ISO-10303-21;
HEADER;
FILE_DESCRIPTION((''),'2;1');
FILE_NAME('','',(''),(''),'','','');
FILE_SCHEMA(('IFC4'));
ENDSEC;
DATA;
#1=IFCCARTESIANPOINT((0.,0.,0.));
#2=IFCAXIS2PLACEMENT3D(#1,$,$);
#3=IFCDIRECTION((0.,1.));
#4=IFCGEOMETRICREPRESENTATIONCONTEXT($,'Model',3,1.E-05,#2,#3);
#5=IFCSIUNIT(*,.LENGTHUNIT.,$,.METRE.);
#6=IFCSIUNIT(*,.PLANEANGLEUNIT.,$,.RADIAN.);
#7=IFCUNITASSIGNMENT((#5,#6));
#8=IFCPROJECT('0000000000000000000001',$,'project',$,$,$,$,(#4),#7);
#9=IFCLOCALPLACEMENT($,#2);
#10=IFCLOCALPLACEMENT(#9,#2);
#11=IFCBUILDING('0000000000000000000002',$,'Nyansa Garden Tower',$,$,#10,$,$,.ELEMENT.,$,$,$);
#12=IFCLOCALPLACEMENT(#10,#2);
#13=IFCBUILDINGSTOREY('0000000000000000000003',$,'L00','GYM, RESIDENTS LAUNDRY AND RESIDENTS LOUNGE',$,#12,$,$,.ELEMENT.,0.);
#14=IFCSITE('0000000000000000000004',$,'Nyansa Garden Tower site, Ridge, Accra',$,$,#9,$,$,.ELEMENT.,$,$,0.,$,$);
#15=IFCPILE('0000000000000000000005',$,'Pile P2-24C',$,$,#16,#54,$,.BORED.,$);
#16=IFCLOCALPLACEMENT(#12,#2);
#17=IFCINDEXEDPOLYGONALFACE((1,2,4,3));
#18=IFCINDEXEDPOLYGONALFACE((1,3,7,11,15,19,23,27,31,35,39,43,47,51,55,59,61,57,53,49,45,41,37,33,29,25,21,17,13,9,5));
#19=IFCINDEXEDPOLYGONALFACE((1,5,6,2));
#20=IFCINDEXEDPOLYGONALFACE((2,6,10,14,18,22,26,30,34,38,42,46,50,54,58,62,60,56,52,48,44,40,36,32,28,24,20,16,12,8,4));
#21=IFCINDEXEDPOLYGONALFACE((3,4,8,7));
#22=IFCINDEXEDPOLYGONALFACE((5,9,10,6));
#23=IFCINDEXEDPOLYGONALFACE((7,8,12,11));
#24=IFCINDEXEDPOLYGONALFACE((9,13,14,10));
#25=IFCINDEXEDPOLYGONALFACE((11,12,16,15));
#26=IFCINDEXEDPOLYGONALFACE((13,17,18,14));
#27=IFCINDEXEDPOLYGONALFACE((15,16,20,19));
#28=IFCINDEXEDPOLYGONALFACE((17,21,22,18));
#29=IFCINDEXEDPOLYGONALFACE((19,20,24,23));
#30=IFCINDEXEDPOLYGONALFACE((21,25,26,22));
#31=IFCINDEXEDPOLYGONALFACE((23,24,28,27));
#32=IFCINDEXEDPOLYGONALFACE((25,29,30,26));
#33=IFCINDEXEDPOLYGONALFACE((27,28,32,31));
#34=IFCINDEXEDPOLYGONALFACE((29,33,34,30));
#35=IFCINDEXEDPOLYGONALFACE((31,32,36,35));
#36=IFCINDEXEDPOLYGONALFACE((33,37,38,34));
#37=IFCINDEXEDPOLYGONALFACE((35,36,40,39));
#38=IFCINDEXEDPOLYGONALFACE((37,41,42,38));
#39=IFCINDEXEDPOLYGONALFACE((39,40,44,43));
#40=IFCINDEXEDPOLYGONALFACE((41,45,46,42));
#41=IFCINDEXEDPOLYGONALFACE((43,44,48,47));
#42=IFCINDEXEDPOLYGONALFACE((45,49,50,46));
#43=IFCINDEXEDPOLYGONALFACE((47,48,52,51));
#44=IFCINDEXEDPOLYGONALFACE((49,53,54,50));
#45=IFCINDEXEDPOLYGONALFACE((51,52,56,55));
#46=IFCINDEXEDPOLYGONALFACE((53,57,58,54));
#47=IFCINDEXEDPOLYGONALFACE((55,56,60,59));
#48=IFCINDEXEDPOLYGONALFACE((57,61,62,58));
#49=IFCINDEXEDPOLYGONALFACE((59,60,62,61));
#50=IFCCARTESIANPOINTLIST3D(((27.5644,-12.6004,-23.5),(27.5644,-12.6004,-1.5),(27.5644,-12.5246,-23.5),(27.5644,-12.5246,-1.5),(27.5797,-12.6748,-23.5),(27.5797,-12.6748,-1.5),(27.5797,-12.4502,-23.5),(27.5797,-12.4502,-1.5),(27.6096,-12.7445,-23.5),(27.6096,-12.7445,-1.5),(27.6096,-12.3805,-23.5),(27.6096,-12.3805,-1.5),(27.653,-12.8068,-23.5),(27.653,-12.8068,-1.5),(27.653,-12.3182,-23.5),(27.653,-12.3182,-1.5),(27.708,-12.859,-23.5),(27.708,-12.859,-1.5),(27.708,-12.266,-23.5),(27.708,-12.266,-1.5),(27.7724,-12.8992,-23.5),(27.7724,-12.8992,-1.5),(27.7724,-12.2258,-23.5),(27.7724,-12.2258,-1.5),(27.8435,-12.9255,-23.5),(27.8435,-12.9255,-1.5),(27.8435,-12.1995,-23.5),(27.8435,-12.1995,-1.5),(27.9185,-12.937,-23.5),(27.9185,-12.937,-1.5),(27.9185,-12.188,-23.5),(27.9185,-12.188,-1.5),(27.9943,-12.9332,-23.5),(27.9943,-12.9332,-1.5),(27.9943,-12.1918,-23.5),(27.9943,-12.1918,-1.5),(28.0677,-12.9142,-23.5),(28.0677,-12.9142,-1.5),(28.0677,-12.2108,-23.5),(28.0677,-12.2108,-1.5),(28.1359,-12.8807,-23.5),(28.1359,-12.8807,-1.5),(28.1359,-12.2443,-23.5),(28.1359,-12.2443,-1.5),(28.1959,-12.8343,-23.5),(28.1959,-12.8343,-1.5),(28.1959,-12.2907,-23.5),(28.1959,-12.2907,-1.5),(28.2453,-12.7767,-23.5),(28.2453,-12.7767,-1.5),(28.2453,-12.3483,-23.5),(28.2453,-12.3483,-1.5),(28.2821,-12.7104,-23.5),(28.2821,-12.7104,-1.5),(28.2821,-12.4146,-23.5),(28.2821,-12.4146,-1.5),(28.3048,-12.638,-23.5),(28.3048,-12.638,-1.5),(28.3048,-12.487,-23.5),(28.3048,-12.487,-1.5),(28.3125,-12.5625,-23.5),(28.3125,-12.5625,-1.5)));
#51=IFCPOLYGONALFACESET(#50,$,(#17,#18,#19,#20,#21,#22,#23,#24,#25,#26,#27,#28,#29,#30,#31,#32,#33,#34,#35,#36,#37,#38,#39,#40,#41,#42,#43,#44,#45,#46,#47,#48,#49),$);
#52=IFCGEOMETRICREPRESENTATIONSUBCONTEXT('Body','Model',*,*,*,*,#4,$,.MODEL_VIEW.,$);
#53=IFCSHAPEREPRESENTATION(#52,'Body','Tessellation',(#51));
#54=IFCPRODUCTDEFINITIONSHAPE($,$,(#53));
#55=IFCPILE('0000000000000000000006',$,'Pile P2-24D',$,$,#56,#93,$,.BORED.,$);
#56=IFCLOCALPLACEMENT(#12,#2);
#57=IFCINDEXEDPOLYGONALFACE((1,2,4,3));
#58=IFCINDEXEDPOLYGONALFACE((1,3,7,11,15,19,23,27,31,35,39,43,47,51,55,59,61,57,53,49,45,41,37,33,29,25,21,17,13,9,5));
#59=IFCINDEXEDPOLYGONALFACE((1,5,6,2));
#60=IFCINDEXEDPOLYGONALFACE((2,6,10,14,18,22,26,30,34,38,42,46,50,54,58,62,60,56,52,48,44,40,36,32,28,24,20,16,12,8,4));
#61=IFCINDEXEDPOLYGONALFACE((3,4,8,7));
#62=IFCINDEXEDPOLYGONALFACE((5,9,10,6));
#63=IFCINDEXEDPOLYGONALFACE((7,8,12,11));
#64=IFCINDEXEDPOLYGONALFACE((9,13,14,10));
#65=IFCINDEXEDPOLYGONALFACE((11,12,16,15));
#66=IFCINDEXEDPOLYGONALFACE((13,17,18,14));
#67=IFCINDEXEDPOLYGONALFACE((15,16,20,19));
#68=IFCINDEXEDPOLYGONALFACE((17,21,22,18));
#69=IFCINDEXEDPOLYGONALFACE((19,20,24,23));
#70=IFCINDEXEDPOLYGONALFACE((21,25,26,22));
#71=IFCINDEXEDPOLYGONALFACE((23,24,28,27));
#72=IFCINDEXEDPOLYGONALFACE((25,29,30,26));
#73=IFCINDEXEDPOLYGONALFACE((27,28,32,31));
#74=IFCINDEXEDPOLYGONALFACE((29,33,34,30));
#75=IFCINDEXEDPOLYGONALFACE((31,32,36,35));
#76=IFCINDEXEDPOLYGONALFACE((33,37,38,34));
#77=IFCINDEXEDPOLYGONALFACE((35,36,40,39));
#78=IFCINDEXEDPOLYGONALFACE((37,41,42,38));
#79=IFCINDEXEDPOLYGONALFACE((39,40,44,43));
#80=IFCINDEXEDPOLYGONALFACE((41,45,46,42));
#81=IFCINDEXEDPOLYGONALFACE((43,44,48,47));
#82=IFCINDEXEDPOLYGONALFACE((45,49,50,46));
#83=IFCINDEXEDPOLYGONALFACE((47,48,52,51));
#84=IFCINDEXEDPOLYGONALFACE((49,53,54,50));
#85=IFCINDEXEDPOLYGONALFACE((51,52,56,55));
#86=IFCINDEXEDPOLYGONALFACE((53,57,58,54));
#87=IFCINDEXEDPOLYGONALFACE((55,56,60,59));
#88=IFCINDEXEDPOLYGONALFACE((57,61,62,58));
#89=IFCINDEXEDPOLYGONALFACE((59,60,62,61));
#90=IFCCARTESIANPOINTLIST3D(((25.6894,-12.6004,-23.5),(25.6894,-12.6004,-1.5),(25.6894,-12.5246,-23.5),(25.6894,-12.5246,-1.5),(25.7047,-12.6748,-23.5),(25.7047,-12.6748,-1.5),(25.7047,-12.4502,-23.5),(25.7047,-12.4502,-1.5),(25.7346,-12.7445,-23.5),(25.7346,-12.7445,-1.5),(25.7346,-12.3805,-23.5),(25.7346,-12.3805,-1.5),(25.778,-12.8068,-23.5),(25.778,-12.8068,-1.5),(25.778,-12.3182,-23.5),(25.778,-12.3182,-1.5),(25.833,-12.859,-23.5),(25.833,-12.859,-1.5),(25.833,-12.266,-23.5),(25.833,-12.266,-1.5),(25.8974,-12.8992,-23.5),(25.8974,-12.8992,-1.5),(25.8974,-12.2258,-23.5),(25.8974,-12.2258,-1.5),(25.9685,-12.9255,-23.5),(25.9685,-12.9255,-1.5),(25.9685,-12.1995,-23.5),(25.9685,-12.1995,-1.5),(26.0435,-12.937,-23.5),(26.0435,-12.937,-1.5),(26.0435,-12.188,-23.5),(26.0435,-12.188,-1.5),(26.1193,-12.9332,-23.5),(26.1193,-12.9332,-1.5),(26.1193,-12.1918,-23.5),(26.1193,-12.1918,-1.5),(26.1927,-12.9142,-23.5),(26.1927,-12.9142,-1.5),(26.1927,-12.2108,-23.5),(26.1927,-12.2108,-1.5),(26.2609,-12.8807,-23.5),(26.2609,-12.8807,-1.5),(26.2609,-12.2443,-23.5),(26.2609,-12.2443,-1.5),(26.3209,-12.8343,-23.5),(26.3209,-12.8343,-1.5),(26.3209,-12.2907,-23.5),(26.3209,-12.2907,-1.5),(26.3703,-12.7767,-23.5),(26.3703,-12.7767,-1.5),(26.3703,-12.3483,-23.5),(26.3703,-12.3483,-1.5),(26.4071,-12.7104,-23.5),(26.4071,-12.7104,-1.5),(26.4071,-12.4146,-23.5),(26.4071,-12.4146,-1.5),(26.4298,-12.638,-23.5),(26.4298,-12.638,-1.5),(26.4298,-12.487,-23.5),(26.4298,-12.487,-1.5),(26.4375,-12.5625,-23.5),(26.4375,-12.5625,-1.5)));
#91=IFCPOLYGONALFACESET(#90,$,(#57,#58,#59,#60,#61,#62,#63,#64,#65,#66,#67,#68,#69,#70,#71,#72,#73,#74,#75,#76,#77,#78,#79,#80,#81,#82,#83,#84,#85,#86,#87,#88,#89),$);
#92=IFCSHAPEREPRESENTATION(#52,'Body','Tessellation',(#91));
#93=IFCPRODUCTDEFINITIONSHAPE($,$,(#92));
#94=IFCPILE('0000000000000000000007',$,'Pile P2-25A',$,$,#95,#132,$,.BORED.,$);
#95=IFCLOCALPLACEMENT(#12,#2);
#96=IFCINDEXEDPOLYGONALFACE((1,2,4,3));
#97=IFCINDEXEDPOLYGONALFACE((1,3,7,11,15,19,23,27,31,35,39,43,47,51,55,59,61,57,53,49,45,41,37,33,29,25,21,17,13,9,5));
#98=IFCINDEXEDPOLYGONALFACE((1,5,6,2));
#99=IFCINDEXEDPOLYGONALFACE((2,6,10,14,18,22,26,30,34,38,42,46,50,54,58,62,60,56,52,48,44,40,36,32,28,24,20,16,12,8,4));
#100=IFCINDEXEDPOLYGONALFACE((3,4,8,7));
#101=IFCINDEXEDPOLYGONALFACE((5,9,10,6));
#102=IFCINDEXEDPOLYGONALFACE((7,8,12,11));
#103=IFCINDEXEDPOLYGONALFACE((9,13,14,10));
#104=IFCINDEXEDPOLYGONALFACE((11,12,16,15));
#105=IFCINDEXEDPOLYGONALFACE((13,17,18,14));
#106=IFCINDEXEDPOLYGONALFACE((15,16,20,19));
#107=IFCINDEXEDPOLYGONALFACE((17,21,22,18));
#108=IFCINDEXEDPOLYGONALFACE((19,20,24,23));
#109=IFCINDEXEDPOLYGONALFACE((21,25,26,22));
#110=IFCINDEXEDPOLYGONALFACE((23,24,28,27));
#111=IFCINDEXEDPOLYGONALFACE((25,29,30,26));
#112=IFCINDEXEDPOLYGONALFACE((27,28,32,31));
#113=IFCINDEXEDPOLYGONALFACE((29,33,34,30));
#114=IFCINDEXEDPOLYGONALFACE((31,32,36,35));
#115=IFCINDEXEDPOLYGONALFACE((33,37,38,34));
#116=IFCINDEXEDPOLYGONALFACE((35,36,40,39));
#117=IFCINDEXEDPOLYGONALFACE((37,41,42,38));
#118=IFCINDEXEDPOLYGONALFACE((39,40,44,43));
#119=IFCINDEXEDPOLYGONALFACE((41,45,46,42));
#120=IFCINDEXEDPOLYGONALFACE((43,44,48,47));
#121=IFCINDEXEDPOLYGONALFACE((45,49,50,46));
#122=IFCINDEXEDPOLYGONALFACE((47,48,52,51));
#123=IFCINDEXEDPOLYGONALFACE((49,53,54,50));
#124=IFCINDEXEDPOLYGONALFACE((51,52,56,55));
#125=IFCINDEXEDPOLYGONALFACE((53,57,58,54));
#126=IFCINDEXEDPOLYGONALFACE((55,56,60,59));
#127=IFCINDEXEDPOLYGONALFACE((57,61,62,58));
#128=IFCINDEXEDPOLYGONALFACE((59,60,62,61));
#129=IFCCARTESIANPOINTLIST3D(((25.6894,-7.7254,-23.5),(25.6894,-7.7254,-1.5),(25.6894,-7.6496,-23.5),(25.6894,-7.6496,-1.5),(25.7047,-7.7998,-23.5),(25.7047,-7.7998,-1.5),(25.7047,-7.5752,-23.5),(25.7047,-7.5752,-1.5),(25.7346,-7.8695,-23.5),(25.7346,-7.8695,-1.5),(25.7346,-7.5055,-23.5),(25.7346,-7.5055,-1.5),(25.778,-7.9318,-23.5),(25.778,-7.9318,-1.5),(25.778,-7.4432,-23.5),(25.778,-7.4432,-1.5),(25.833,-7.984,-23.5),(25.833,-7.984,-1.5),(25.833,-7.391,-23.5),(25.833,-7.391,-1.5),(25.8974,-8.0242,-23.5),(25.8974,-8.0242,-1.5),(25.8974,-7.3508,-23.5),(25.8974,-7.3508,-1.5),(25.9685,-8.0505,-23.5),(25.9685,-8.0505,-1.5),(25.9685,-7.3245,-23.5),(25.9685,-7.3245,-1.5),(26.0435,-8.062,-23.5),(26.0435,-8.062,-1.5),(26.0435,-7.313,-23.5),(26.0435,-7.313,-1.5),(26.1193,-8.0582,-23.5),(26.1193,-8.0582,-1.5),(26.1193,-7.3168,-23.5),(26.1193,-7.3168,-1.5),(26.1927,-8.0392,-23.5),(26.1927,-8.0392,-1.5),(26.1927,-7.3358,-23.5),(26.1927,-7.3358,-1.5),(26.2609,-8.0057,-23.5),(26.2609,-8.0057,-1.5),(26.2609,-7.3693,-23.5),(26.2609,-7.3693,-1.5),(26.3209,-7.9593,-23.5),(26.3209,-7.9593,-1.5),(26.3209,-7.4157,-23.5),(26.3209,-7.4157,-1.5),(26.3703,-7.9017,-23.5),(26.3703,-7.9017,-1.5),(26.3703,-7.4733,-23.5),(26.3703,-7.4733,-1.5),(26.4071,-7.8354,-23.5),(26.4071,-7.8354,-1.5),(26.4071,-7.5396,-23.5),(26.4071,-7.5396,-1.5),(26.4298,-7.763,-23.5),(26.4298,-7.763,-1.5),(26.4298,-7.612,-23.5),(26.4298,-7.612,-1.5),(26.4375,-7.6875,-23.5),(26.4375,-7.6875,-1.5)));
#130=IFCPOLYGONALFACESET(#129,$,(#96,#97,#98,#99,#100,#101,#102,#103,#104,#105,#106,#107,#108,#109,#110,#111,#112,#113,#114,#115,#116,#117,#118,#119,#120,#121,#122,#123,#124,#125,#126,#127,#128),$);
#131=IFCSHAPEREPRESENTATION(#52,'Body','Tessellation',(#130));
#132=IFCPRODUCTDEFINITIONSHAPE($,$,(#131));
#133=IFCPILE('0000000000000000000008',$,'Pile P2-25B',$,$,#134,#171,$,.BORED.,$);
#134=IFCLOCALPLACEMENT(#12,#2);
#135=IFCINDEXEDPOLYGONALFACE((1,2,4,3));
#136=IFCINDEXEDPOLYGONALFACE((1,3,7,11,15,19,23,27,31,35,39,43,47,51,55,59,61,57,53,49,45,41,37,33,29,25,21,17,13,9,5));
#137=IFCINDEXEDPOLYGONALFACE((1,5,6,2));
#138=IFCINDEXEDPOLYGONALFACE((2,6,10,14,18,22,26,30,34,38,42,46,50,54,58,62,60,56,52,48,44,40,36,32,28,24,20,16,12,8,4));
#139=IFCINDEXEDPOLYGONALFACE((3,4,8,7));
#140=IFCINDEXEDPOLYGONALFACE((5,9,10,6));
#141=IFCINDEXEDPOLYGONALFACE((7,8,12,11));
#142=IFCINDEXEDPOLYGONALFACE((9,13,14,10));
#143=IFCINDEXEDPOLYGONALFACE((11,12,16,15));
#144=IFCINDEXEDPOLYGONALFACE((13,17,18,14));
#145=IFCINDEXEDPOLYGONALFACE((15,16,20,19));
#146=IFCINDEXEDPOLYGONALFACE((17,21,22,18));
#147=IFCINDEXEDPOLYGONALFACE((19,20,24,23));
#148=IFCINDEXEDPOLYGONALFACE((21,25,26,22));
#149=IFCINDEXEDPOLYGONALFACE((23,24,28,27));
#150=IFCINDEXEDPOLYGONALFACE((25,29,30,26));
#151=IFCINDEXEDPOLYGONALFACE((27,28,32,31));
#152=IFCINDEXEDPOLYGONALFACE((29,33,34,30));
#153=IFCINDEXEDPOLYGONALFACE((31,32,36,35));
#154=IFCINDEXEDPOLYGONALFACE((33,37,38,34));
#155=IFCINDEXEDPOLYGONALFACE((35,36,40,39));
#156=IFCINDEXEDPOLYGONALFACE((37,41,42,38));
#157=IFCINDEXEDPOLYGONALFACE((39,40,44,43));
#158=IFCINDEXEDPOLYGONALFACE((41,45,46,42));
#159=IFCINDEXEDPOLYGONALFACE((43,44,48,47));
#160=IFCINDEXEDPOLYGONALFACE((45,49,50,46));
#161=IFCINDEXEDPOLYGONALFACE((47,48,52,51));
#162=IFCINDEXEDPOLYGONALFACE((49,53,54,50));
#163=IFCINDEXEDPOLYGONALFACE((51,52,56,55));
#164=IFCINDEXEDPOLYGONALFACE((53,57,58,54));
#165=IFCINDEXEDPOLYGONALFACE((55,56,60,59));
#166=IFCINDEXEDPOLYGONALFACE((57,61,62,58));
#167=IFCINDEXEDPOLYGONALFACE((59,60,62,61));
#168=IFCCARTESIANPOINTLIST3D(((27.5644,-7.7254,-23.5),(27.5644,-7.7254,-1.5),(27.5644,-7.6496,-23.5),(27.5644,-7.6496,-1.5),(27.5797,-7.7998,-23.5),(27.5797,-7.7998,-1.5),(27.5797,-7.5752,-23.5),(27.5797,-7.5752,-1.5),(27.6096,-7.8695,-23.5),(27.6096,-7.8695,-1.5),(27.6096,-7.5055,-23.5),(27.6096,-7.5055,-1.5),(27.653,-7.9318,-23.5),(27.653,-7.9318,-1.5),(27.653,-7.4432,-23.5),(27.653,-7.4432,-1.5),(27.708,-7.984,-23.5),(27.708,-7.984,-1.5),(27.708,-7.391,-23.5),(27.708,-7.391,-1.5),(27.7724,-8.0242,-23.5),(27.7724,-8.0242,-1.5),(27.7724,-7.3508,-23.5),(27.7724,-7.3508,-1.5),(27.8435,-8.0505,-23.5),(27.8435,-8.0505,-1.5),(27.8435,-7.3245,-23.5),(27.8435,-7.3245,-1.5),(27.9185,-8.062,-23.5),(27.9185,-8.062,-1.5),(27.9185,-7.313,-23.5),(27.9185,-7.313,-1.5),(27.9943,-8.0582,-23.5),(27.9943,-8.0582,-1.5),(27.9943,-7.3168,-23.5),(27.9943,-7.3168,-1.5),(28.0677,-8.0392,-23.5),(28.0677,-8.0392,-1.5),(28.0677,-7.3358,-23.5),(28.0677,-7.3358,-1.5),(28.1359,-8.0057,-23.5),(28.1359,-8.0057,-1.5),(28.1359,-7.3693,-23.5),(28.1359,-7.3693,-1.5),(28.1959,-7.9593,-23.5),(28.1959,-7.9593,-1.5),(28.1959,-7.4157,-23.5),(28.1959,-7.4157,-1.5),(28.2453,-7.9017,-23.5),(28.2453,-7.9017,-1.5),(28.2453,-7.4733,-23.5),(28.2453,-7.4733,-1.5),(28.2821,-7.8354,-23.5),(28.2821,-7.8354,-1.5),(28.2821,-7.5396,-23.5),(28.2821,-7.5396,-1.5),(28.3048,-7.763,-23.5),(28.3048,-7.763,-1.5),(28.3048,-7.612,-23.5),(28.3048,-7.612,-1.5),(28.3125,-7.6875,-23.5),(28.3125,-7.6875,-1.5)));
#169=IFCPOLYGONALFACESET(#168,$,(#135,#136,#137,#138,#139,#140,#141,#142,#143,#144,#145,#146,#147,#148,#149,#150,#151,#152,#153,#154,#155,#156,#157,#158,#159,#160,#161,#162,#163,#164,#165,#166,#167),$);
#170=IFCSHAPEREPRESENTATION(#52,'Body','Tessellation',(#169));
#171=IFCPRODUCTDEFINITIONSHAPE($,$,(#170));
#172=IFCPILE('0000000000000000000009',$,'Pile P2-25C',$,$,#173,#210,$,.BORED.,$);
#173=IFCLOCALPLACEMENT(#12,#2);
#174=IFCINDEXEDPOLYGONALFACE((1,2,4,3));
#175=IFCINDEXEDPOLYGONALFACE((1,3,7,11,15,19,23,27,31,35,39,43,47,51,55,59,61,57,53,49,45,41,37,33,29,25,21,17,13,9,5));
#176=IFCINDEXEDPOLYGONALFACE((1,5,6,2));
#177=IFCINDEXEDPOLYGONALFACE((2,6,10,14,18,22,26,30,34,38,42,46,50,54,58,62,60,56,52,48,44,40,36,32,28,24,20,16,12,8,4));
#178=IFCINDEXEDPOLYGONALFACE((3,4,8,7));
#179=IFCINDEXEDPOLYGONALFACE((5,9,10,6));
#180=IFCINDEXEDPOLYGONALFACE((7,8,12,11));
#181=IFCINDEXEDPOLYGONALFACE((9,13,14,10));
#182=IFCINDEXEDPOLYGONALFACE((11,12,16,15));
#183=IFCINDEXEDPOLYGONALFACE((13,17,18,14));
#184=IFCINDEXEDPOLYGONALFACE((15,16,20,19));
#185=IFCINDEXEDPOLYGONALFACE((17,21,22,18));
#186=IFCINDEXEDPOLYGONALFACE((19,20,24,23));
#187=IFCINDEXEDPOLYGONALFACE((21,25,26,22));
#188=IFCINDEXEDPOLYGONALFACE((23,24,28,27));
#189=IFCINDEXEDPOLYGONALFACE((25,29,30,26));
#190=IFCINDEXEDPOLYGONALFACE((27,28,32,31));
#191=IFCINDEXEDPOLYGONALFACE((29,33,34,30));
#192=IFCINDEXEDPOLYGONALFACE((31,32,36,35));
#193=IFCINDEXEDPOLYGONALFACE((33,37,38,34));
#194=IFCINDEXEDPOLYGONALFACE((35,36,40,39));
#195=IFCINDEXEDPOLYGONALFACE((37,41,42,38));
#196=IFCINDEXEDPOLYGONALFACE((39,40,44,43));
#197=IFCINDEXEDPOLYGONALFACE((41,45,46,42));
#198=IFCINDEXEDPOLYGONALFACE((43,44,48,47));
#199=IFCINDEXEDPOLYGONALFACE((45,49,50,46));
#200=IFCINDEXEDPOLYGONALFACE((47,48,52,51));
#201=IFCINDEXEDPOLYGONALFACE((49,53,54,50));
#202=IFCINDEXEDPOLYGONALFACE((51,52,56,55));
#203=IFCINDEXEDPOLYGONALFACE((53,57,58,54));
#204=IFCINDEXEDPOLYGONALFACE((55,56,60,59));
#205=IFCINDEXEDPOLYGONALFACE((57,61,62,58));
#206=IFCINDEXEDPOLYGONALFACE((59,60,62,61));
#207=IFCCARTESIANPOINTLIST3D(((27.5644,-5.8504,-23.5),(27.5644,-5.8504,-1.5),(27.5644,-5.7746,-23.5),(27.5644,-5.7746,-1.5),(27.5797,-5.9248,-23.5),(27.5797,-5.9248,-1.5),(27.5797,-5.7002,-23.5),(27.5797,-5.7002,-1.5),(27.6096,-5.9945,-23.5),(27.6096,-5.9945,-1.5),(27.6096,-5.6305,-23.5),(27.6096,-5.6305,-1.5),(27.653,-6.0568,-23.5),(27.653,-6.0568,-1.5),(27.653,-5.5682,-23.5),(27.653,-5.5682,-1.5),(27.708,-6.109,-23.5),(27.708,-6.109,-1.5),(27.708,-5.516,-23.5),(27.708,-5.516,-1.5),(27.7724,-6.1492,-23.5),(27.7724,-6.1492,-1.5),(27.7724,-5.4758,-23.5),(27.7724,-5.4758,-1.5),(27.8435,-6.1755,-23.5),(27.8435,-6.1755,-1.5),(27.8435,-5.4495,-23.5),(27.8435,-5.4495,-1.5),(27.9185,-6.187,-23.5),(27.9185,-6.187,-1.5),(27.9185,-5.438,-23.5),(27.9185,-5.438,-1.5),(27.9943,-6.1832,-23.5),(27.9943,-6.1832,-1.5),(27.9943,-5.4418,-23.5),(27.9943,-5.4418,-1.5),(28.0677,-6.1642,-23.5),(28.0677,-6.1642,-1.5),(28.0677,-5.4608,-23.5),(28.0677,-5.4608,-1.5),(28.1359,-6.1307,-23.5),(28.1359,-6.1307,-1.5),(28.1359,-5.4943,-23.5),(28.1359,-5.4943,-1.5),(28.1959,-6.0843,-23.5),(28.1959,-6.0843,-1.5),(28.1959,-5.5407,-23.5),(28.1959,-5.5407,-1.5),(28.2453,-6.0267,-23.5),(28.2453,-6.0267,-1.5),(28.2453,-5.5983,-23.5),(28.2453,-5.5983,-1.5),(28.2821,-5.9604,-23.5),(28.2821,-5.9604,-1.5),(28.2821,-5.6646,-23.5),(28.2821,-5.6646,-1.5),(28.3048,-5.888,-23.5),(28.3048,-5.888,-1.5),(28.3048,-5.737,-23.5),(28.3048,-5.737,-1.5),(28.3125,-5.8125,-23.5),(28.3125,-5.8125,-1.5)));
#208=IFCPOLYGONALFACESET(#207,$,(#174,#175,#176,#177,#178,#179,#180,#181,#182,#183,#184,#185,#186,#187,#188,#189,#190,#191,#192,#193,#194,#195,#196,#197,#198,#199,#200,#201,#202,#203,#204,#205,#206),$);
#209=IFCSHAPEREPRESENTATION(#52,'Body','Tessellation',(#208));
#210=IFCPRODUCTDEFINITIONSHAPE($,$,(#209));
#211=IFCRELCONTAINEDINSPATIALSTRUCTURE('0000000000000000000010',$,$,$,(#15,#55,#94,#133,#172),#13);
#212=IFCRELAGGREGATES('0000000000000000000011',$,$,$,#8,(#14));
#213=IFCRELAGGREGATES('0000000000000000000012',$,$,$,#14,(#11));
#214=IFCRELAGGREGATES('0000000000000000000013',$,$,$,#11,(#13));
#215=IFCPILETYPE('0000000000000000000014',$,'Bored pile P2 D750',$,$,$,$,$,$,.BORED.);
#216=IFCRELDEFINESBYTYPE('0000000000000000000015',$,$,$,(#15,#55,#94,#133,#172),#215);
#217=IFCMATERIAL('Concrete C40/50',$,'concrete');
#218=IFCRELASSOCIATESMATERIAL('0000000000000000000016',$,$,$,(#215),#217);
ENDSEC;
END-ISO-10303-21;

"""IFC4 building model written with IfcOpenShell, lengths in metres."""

from ifc_helpers import new_model, si_unit, direction, frame, origin, origin_2d, place, context, subcontext, project, spatial, circle, extrude, material, type_object, element, save


model = new_model("IFC4")

# Units and contexts
model_context = context("Model", 3, precision=1e-05, world=origin(), true_north=direction((0.0, 1.0)))
body_context = subcontext(model_context, "Body", "Model", "MODEL_VIEW")
ifc_project = project(units=[si_unit("LENGTHUNIT", "METRE"), si_unit("PLANEANGLEUNIT", "RADIAN")], contexts=[model_context])

# Site, building, storey
site_placement = place(None, origin())
site = spatial("IfcSite", under=ifc_project, at=site_placement, Name="Nyansa Garden Tower site, Ridge, Accra", CompositionType="ELEMENT", RefElevation=0.0)
building_placement = place(site_placement, origin())
building = spatial("IfcBuilding", under=site, at=building_placement, Name="Nyansa Garden Tower", CompositionType="ELEMENT")
storey_placement = place(building_placement, origin())
storey = spatial("IfcBuildingStorey", under=building, at=storey_placement, Name="L00", Description="GYM, RESIDENTS LAUNDRY AND RESIDENTS LOUNGE", CompositionType="ELEMENT", Elevation=0.0)

# Piles
ifc_material_1 = material(Name="Concrete C40/50", Category="concrete")
pile_type_1 = type_object("IfcPileType", Name="Bored pile P2 D750", PredefinedType="BORED", material=ifc_material_1)
for number, where, z_axis, x_axis, name in (
    (1, (27.9375, -12.5625, -1.5), (0.0, 0.0, -1.0), (1.0, 0.0, 0.0), "Pile P2-24C"),
    (2, (26.0625, -12.5625, -1.5), (0.0, 0.0, -1.0), (1.0, 0.0, 0.0), "Pile P2-24D"),
    (3, (26.0625, -7.6875, -1.5), (0.0, 0.0, -1.0), (1.0, 0.0, 0.0), "Pile P2-25A"),
    (4, (27.9375, -7.6875, -1.5), (0.0, 0.0, -1.0), (1.0, 0.0, 0.0), "Pile P2-25B"),
    (5, (27.9375, -5.8125, -1.5), (0.0, 0.0, -1.0), (1.0, 0.0, 0.0), "Pile P2-25C"),
):
    element("IfcPile", number, at=place(storey_placement, frame(where, z_axis=z_axis, x_axis=x_axis)), inside=storey, type_object=pile_type_1, Name=name, PredefinedType="BORED", context=body_context, shape_type="SweptSolid", body=[
        extrude(circle(Radius=0.375, at=origin_2d()), origin(), (0.0, 0.0, 1.0), 22.0),
    ])

save(model, "model.ifc")
